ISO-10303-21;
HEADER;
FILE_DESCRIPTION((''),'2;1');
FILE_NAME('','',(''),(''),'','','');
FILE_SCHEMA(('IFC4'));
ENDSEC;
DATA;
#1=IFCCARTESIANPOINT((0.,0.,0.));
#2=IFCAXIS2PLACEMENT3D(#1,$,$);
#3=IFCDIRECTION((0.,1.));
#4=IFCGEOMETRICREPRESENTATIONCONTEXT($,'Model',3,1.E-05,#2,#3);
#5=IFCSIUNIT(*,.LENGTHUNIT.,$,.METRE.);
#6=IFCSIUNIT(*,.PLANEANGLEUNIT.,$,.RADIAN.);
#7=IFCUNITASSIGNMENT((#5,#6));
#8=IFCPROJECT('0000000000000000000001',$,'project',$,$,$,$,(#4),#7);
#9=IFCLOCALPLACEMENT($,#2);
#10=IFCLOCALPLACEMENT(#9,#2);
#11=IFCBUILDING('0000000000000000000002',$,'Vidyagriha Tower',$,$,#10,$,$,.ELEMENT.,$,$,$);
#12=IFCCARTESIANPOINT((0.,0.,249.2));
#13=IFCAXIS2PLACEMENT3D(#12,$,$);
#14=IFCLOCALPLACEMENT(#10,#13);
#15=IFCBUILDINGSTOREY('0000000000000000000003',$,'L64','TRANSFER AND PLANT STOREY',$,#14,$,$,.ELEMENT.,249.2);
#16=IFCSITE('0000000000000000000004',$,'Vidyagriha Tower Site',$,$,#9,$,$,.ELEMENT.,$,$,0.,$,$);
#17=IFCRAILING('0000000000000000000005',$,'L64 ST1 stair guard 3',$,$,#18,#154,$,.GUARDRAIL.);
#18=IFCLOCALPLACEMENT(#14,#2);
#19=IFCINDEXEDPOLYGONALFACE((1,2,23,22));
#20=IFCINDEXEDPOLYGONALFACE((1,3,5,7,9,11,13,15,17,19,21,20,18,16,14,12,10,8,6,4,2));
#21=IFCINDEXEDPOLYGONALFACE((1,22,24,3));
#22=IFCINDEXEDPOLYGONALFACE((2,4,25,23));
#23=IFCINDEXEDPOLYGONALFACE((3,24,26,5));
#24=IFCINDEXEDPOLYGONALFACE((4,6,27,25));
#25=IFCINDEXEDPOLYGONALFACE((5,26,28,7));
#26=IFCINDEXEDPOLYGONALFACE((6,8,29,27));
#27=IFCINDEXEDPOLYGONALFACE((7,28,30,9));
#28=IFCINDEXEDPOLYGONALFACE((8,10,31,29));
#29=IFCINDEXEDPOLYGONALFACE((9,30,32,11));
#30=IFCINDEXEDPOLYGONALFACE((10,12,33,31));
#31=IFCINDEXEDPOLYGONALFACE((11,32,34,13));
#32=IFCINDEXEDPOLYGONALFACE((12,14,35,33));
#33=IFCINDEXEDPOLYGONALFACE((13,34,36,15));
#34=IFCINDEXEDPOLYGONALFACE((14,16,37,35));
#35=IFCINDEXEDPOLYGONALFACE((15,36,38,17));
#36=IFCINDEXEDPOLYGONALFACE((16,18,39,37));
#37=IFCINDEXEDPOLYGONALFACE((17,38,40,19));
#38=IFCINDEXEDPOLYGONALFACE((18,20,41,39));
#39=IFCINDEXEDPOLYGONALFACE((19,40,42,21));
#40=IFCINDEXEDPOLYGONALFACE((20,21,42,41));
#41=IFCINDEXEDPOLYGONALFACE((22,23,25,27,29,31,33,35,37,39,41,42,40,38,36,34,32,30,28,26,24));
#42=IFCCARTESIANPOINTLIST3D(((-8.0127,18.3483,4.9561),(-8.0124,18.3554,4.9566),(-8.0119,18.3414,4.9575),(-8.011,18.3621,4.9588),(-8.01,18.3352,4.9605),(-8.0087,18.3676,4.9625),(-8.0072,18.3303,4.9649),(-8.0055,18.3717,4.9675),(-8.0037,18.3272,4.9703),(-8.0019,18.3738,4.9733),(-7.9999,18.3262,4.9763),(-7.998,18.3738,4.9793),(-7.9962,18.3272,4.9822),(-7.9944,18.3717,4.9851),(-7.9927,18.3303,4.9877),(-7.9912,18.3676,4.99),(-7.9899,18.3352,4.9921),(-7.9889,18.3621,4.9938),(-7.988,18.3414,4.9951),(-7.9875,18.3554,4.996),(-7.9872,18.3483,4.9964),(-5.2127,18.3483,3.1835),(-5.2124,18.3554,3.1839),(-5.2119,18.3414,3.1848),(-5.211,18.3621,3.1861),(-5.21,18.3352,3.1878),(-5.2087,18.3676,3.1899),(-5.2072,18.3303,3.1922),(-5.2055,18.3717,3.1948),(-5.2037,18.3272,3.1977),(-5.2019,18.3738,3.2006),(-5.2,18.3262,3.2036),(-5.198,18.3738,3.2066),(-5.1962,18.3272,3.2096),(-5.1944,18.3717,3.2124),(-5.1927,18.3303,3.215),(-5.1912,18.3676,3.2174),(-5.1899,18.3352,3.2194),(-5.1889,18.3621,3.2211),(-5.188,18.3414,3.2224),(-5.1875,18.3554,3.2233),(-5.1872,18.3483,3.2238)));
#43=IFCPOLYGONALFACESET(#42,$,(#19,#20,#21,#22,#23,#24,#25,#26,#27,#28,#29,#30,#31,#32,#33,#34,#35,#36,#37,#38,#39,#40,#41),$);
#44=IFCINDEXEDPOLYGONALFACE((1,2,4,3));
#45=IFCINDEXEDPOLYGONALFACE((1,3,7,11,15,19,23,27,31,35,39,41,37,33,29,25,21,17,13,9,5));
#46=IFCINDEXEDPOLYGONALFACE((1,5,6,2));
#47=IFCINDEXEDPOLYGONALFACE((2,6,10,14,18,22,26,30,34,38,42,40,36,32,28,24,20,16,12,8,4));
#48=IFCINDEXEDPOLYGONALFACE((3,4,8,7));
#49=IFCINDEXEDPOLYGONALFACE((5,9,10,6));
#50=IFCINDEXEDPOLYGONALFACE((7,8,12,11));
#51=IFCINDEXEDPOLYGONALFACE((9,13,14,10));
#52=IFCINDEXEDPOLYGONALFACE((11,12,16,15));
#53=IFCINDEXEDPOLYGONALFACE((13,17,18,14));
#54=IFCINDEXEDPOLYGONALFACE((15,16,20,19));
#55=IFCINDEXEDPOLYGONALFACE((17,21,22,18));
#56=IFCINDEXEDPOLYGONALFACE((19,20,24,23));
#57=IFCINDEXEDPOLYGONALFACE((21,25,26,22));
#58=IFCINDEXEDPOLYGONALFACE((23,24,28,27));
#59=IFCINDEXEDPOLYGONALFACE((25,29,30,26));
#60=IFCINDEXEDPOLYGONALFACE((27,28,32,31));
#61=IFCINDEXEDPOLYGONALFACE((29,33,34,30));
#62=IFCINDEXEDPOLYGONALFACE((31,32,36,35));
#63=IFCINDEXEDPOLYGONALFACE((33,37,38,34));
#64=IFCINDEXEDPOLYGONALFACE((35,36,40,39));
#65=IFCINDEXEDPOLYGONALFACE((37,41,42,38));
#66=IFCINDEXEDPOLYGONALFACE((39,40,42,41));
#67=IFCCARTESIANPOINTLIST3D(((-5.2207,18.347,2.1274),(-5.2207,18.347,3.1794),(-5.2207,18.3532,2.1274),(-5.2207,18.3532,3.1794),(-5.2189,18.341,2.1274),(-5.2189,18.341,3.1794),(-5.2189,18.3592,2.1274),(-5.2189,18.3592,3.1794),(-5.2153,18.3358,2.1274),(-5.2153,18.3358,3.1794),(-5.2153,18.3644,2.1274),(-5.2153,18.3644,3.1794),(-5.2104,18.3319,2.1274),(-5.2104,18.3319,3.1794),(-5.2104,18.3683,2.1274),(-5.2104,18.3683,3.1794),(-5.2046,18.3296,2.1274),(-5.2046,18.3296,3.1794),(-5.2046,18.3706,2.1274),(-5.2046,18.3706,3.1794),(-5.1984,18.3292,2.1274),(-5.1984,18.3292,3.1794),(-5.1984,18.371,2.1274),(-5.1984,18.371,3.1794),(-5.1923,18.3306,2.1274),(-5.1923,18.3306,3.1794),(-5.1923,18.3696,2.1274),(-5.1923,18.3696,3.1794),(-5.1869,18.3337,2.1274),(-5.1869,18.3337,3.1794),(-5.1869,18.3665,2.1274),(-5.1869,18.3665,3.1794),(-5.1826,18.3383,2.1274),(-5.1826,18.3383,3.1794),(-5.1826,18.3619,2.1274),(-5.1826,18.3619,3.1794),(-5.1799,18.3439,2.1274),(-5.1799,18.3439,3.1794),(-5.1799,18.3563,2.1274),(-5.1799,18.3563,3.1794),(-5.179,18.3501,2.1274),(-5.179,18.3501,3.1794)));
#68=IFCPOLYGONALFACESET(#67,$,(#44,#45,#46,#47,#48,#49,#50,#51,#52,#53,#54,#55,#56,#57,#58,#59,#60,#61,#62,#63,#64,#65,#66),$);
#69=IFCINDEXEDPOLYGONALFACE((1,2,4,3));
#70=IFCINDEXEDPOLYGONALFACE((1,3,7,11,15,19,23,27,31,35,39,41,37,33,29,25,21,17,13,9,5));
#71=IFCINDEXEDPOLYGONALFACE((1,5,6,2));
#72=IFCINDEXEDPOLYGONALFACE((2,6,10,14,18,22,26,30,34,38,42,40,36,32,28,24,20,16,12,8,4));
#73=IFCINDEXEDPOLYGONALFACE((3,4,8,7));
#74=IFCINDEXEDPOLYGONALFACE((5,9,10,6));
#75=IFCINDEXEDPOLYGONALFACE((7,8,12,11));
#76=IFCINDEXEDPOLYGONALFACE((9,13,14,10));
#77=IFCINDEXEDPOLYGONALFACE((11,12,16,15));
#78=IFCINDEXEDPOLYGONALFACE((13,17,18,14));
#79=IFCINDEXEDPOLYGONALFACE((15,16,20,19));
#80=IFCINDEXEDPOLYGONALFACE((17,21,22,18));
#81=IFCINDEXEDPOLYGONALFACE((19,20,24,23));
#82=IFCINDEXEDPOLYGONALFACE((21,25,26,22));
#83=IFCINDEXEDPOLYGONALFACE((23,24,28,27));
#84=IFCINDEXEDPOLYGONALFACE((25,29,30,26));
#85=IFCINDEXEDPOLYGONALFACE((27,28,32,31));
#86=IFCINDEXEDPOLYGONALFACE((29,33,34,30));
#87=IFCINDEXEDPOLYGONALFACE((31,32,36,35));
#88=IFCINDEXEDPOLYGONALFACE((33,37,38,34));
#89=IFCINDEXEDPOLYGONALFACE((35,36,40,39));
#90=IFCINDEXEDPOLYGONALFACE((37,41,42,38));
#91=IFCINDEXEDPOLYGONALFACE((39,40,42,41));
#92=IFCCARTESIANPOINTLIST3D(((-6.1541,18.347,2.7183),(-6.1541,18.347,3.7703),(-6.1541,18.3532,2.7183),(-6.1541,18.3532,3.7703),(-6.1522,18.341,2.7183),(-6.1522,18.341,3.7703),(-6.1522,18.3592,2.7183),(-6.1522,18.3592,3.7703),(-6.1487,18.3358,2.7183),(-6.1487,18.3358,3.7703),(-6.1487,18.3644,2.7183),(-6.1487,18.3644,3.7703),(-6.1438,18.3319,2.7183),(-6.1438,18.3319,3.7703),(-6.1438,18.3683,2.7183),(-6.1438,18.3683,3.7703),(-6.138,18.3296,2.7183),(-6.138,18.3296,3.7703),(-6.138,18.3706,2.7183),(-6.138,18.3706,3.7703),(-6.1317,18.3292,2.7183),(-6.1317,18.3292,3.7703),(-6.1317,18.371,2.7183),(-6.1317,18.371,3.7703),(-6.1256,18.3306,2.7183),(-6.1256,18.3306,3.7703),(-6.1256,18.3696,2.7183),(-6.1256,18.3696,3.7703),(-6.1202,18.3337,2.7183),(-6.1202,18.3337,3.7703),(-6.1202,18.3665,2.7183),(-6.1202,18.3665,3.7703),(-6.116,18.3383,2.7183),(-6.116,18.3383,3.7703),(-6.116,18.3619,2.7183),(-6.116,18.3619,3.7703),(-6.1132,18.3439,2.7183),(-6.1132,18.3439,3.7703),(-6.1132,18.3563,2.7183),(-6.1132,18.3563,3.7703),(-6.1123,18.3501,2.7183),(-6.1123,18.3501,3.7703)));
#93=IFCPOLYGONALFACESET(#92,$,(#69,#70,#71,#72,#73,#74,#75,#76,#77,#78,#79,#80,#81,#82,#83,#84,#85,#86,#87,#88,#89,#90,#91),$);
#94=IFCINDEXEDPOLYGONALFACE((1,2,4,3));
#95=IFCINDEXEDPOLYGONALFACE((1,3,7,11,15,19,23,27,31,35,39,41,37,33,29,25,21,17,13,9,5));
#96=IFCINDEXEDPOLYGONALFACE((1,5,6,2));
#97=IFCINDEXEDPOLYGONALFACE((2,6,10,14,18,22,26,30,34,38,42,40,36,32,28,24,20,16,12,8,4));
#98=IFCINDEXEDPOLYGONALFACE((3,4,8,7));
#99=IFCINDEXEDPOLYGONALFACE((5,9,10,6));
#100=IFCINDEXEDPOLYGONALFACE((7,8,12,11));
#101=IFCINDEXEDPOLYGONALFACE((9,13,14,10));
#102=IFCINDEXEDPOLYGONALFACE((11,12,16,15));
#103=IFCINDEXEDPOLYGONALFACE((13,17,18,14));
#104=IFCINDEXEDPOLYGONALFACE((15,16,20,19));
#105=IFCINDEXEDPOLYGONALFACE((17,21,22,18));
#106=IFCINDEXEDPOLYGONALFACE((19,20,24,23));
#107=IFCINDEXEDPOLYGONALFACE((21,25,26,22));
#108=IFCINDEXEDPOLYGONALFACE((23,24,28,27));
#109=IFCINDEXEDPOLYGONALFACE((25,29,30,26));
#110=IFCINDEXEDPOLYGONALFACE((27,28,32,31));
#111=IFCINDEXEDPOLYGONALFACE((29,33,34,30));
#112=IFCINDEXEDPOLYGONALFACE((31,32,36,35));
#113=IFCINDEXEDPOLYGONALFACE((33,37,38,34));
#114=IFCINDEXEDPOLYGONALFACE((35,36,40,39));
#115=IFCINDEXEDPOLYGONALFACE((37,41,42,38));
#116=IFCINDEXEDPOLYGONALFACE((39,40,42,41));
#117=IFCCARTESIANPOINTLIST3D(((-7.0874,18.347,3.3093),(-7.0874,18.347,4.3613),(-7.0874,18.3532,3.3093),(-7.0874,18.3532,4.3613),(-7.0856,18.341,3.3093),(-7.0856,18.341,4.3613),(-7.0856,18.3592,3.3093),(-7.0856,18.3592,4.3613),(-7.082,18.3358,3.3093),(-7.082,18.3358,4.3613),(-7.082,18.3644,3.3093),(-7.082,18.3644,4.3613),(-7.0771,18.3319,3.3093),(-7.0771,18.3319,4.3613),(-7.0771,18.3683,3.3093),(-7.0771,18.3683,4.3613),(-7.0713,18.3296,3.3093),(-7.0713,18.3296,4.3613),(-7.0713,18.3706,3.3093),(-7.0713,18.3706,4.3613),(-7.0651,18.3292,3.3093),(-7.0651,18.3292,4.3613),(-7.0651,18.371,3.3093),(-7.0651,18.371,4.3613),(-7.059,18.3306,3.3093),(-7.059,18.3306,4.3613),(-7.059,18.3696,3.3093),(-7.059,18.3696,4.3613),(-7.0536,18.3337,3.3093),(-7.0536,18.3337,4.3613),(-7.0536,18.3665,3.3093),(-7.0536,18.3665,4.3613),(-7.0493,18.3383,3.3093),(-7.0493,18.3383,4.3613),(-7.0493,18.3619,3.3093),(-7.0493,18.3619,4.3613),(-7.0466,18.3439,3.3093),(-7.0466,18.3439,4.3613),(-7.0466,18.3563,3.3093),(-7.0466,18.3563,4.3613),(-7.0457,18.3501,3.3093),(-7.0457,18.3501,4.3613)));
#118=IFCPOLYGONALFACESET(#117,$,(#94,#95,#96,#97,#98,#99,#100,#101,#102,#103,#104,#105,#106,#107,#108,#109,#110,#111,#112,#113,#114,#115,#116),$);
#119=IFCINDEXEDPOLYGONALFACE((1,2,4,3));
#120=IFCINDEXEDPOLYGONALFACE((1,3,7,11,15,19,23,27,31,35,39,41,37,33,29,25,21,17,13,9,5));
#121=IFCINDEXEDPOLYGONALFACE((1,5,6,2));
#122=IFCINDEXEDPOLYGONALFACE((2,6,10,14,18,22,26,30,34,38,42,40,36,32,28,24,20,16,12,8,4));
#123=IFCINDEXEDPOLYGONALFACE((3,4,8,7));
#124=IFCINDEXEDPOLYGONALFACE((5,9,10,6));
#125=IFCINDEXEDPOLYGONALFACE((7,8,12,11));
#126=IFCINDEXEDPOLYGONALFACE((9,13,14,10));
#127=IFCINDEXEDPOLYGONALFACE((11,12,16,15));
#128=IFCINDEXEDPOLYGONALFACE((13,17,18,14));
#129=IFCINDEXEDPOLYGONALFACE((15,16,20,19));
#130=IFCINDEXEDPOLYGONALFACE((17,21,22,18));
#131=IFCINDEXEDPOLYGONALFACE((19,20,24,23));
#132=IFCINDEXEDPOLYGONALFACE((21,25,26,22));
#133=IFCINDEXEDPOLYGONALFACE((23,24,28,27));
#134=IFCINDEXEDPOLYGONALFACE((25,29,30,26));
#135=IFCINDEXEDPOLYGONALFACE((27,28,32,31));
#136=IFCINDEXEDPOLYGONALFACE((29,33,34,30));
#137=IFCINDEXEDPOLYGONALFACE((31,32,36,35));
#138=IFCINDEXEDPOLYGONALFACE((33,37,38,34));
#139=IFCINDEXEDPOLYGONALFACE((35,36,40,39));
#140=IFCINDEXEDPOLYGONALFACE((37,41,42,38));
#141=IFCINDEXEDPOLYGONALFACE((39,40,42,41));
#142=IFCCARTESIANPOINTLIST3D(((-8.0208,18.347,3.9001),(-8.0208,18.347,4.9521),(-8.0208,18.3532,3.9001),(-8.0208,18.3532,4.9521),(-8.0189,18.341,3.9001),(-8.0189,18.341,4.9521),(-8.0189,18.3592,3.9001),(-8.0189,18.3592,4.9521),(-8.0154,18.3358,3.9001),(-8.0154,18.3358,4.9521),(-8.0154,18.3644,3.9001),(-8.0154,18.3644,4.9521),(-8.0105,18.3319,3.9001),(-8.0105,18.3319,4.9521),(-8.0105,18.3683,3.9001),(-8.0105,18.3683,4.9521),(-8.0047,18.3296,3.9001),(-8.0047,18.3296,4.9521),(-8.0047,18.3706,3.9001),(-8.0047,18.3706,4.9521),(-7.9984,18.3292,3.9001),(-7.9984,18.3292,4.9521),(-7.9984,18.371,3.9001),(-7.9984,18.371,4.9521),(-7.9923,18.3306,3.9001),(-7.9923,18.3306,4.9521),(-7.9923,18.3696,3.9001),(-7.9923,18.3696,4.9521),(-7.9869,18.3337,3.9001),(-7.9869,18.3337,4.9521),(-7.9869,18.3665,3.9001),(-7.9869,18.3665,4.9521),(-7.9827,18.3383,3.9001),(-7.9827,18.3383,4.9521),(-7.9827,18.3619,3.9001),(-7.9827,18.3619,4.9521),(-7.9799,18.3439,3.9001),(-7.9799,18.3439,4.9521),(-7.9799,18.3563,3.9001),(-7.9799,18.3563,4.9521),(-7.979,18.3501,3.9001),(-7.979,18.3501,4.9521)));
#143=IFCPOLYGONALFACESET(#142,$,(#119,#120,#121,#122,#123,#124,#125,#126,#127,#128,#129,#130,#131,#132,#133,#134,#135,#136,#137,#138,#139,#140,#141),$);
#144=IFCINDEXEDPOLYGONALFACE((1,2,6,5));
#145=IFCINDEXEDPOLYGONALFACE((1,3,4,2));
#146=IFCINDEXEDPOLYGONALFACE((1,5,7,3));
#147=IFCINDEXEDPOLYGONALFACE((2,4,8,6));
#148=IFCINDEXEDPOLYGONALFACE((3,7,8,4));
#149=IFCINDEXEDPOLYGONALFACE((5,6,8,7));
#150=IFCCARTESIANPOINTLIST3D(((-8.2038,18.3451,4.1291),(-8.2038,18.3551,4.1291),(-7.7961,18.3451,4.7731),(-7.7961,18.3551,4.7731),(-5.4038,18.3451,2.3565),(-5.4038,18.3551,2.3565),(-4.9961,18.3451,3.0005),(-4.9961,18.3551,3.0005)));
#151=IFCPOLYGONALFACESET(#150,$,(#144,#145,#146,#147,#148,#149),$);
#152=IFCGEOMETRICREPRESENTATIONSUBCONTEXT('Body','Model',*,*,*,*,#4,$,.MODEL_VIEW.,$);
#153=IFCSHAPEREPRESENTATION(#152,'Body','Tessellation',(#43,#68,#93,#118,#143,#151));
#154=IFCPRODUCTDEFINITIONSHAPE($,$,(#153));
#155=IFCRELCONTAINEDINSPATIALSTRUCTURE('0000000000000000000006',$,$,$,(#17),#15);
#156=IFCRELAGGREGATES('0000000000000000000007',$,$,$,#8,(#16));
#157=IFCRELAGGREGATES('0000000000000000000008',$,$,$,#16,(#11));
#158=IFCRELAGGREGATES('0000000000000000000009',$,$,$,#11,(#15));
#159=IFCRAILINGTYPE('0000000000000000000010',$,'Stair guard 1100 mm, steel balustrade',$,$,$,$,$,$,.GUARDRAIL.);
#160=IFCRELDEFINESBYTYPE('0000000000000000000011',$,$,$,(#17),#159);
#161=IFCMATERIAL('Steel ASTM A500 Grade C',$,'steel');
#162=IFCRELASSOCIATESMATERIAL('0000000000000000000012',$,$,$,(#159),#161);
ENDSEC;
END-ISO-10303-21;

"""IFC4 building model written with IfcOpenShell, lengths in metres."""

from ifc_helpers import new_model, si_unit, direction, frame, origin, origin_2d, place, context, subcontext, project, spatial, rectangle, circle, extrude, material, type_object, element, save


model = new_model("IFC4")

# Units and contexts
model_context = context("Model", 3, precision=1e-05, world=origin(), true_north=direction((0.0, 1.0)))
body_context = subcontext(model_context, "Body", "Model", "MODEL_VIEW")
ifc_project = project(units=[si_unit("LENGTHUNIT", "METRE"), si_unit("PLANEANGLEUNIT", "RADIAN")], contexts=[model_context])

# Site, building, storey
site_placement = place(None, origin())
site = spatial("IfcSite", under=ifc_project, at=site_placement, Name="Vidyagriha Tower Site", CompositionType="ELEMENT", RefElevation=0.0)
building_placement = place(site_placement, origin())
building = spatial("IfcBuilding", under=site, at=building_placement, Name="Vidyagriha Tower", CompositionType="ELEMENT")
storey_placement = place(building_placement, frame((0.0, 0.0, 249.2)))
storey = spatial("IfcBuildingStorey", under=building, at=storey_placement, Name="L64", Description="TRANSFER AND PLANT STOREY", CompositionType="ELEMENT", Elevation=249.2)

# Railing
ifc_material_1 = material(Name="Steel ASTM A500 Grade C", Category="steel")
railing_type_1 = type_object("IfcRailingType", Name="Stair guard 1100 mm, steel balustrade", PredefinedType="GUARDRAIL", material=ifc_material_1)
railing_1_placement = place(storey_placement, frame((-5.2, 18.3501, 2.1274)))
element("IfcRailing", 1, at=railing_1_placement, inside=storey, type_object=railing_type_1, Name="L64 ST1 stair guard 3", PredefinedType="GUARDRAIL", context=body_context, shape_type="SweptSolid", body=[
    extrude(circle(Radius=0.0239, at=origin_2d()), frame((0.0, 0.0, 1.0762), z_axis=(-0.844909, 0.0, 0.53491), x_axis=(0.0, -1.0, 0.0)), (0.0, 0.0, 1.0), 3.314),
    extrude(circle(Radius=0.021, at=origin_2d()), origin(), (0.0, 0.0, 1.0), 1.052),
    extrude(circle(Radius=0.021, at=origin_2d()), frame((-0.9333, 0.0, 0.5908)), (0.0, 0.0, 1.0), 1.052),
    extrude(circle(Radius=0.021, at=origin_2d()), frame((-1.8667, 0.0, 1.1819)), (0.0, 0.0, 1.0), 1.052),
    extrude(circle(Radius=0.021, at=origin_2d()), frame((-2.8, 0.0, 1.7727)), (0.0, 0.0, 1.0), 1.052),
    extrude(rectangle(XDim=0.01, YDim=0.7622, at=origin_2d()), frame((0.0, 0.0, 0.551), z_axis=(-0.844909, 0.0, 0.53491), x_axis=(0.0, -1.0, 0.0)), (0.0, 0.0, 1.0), 3.314),
])

save(model, "model.ifc")
